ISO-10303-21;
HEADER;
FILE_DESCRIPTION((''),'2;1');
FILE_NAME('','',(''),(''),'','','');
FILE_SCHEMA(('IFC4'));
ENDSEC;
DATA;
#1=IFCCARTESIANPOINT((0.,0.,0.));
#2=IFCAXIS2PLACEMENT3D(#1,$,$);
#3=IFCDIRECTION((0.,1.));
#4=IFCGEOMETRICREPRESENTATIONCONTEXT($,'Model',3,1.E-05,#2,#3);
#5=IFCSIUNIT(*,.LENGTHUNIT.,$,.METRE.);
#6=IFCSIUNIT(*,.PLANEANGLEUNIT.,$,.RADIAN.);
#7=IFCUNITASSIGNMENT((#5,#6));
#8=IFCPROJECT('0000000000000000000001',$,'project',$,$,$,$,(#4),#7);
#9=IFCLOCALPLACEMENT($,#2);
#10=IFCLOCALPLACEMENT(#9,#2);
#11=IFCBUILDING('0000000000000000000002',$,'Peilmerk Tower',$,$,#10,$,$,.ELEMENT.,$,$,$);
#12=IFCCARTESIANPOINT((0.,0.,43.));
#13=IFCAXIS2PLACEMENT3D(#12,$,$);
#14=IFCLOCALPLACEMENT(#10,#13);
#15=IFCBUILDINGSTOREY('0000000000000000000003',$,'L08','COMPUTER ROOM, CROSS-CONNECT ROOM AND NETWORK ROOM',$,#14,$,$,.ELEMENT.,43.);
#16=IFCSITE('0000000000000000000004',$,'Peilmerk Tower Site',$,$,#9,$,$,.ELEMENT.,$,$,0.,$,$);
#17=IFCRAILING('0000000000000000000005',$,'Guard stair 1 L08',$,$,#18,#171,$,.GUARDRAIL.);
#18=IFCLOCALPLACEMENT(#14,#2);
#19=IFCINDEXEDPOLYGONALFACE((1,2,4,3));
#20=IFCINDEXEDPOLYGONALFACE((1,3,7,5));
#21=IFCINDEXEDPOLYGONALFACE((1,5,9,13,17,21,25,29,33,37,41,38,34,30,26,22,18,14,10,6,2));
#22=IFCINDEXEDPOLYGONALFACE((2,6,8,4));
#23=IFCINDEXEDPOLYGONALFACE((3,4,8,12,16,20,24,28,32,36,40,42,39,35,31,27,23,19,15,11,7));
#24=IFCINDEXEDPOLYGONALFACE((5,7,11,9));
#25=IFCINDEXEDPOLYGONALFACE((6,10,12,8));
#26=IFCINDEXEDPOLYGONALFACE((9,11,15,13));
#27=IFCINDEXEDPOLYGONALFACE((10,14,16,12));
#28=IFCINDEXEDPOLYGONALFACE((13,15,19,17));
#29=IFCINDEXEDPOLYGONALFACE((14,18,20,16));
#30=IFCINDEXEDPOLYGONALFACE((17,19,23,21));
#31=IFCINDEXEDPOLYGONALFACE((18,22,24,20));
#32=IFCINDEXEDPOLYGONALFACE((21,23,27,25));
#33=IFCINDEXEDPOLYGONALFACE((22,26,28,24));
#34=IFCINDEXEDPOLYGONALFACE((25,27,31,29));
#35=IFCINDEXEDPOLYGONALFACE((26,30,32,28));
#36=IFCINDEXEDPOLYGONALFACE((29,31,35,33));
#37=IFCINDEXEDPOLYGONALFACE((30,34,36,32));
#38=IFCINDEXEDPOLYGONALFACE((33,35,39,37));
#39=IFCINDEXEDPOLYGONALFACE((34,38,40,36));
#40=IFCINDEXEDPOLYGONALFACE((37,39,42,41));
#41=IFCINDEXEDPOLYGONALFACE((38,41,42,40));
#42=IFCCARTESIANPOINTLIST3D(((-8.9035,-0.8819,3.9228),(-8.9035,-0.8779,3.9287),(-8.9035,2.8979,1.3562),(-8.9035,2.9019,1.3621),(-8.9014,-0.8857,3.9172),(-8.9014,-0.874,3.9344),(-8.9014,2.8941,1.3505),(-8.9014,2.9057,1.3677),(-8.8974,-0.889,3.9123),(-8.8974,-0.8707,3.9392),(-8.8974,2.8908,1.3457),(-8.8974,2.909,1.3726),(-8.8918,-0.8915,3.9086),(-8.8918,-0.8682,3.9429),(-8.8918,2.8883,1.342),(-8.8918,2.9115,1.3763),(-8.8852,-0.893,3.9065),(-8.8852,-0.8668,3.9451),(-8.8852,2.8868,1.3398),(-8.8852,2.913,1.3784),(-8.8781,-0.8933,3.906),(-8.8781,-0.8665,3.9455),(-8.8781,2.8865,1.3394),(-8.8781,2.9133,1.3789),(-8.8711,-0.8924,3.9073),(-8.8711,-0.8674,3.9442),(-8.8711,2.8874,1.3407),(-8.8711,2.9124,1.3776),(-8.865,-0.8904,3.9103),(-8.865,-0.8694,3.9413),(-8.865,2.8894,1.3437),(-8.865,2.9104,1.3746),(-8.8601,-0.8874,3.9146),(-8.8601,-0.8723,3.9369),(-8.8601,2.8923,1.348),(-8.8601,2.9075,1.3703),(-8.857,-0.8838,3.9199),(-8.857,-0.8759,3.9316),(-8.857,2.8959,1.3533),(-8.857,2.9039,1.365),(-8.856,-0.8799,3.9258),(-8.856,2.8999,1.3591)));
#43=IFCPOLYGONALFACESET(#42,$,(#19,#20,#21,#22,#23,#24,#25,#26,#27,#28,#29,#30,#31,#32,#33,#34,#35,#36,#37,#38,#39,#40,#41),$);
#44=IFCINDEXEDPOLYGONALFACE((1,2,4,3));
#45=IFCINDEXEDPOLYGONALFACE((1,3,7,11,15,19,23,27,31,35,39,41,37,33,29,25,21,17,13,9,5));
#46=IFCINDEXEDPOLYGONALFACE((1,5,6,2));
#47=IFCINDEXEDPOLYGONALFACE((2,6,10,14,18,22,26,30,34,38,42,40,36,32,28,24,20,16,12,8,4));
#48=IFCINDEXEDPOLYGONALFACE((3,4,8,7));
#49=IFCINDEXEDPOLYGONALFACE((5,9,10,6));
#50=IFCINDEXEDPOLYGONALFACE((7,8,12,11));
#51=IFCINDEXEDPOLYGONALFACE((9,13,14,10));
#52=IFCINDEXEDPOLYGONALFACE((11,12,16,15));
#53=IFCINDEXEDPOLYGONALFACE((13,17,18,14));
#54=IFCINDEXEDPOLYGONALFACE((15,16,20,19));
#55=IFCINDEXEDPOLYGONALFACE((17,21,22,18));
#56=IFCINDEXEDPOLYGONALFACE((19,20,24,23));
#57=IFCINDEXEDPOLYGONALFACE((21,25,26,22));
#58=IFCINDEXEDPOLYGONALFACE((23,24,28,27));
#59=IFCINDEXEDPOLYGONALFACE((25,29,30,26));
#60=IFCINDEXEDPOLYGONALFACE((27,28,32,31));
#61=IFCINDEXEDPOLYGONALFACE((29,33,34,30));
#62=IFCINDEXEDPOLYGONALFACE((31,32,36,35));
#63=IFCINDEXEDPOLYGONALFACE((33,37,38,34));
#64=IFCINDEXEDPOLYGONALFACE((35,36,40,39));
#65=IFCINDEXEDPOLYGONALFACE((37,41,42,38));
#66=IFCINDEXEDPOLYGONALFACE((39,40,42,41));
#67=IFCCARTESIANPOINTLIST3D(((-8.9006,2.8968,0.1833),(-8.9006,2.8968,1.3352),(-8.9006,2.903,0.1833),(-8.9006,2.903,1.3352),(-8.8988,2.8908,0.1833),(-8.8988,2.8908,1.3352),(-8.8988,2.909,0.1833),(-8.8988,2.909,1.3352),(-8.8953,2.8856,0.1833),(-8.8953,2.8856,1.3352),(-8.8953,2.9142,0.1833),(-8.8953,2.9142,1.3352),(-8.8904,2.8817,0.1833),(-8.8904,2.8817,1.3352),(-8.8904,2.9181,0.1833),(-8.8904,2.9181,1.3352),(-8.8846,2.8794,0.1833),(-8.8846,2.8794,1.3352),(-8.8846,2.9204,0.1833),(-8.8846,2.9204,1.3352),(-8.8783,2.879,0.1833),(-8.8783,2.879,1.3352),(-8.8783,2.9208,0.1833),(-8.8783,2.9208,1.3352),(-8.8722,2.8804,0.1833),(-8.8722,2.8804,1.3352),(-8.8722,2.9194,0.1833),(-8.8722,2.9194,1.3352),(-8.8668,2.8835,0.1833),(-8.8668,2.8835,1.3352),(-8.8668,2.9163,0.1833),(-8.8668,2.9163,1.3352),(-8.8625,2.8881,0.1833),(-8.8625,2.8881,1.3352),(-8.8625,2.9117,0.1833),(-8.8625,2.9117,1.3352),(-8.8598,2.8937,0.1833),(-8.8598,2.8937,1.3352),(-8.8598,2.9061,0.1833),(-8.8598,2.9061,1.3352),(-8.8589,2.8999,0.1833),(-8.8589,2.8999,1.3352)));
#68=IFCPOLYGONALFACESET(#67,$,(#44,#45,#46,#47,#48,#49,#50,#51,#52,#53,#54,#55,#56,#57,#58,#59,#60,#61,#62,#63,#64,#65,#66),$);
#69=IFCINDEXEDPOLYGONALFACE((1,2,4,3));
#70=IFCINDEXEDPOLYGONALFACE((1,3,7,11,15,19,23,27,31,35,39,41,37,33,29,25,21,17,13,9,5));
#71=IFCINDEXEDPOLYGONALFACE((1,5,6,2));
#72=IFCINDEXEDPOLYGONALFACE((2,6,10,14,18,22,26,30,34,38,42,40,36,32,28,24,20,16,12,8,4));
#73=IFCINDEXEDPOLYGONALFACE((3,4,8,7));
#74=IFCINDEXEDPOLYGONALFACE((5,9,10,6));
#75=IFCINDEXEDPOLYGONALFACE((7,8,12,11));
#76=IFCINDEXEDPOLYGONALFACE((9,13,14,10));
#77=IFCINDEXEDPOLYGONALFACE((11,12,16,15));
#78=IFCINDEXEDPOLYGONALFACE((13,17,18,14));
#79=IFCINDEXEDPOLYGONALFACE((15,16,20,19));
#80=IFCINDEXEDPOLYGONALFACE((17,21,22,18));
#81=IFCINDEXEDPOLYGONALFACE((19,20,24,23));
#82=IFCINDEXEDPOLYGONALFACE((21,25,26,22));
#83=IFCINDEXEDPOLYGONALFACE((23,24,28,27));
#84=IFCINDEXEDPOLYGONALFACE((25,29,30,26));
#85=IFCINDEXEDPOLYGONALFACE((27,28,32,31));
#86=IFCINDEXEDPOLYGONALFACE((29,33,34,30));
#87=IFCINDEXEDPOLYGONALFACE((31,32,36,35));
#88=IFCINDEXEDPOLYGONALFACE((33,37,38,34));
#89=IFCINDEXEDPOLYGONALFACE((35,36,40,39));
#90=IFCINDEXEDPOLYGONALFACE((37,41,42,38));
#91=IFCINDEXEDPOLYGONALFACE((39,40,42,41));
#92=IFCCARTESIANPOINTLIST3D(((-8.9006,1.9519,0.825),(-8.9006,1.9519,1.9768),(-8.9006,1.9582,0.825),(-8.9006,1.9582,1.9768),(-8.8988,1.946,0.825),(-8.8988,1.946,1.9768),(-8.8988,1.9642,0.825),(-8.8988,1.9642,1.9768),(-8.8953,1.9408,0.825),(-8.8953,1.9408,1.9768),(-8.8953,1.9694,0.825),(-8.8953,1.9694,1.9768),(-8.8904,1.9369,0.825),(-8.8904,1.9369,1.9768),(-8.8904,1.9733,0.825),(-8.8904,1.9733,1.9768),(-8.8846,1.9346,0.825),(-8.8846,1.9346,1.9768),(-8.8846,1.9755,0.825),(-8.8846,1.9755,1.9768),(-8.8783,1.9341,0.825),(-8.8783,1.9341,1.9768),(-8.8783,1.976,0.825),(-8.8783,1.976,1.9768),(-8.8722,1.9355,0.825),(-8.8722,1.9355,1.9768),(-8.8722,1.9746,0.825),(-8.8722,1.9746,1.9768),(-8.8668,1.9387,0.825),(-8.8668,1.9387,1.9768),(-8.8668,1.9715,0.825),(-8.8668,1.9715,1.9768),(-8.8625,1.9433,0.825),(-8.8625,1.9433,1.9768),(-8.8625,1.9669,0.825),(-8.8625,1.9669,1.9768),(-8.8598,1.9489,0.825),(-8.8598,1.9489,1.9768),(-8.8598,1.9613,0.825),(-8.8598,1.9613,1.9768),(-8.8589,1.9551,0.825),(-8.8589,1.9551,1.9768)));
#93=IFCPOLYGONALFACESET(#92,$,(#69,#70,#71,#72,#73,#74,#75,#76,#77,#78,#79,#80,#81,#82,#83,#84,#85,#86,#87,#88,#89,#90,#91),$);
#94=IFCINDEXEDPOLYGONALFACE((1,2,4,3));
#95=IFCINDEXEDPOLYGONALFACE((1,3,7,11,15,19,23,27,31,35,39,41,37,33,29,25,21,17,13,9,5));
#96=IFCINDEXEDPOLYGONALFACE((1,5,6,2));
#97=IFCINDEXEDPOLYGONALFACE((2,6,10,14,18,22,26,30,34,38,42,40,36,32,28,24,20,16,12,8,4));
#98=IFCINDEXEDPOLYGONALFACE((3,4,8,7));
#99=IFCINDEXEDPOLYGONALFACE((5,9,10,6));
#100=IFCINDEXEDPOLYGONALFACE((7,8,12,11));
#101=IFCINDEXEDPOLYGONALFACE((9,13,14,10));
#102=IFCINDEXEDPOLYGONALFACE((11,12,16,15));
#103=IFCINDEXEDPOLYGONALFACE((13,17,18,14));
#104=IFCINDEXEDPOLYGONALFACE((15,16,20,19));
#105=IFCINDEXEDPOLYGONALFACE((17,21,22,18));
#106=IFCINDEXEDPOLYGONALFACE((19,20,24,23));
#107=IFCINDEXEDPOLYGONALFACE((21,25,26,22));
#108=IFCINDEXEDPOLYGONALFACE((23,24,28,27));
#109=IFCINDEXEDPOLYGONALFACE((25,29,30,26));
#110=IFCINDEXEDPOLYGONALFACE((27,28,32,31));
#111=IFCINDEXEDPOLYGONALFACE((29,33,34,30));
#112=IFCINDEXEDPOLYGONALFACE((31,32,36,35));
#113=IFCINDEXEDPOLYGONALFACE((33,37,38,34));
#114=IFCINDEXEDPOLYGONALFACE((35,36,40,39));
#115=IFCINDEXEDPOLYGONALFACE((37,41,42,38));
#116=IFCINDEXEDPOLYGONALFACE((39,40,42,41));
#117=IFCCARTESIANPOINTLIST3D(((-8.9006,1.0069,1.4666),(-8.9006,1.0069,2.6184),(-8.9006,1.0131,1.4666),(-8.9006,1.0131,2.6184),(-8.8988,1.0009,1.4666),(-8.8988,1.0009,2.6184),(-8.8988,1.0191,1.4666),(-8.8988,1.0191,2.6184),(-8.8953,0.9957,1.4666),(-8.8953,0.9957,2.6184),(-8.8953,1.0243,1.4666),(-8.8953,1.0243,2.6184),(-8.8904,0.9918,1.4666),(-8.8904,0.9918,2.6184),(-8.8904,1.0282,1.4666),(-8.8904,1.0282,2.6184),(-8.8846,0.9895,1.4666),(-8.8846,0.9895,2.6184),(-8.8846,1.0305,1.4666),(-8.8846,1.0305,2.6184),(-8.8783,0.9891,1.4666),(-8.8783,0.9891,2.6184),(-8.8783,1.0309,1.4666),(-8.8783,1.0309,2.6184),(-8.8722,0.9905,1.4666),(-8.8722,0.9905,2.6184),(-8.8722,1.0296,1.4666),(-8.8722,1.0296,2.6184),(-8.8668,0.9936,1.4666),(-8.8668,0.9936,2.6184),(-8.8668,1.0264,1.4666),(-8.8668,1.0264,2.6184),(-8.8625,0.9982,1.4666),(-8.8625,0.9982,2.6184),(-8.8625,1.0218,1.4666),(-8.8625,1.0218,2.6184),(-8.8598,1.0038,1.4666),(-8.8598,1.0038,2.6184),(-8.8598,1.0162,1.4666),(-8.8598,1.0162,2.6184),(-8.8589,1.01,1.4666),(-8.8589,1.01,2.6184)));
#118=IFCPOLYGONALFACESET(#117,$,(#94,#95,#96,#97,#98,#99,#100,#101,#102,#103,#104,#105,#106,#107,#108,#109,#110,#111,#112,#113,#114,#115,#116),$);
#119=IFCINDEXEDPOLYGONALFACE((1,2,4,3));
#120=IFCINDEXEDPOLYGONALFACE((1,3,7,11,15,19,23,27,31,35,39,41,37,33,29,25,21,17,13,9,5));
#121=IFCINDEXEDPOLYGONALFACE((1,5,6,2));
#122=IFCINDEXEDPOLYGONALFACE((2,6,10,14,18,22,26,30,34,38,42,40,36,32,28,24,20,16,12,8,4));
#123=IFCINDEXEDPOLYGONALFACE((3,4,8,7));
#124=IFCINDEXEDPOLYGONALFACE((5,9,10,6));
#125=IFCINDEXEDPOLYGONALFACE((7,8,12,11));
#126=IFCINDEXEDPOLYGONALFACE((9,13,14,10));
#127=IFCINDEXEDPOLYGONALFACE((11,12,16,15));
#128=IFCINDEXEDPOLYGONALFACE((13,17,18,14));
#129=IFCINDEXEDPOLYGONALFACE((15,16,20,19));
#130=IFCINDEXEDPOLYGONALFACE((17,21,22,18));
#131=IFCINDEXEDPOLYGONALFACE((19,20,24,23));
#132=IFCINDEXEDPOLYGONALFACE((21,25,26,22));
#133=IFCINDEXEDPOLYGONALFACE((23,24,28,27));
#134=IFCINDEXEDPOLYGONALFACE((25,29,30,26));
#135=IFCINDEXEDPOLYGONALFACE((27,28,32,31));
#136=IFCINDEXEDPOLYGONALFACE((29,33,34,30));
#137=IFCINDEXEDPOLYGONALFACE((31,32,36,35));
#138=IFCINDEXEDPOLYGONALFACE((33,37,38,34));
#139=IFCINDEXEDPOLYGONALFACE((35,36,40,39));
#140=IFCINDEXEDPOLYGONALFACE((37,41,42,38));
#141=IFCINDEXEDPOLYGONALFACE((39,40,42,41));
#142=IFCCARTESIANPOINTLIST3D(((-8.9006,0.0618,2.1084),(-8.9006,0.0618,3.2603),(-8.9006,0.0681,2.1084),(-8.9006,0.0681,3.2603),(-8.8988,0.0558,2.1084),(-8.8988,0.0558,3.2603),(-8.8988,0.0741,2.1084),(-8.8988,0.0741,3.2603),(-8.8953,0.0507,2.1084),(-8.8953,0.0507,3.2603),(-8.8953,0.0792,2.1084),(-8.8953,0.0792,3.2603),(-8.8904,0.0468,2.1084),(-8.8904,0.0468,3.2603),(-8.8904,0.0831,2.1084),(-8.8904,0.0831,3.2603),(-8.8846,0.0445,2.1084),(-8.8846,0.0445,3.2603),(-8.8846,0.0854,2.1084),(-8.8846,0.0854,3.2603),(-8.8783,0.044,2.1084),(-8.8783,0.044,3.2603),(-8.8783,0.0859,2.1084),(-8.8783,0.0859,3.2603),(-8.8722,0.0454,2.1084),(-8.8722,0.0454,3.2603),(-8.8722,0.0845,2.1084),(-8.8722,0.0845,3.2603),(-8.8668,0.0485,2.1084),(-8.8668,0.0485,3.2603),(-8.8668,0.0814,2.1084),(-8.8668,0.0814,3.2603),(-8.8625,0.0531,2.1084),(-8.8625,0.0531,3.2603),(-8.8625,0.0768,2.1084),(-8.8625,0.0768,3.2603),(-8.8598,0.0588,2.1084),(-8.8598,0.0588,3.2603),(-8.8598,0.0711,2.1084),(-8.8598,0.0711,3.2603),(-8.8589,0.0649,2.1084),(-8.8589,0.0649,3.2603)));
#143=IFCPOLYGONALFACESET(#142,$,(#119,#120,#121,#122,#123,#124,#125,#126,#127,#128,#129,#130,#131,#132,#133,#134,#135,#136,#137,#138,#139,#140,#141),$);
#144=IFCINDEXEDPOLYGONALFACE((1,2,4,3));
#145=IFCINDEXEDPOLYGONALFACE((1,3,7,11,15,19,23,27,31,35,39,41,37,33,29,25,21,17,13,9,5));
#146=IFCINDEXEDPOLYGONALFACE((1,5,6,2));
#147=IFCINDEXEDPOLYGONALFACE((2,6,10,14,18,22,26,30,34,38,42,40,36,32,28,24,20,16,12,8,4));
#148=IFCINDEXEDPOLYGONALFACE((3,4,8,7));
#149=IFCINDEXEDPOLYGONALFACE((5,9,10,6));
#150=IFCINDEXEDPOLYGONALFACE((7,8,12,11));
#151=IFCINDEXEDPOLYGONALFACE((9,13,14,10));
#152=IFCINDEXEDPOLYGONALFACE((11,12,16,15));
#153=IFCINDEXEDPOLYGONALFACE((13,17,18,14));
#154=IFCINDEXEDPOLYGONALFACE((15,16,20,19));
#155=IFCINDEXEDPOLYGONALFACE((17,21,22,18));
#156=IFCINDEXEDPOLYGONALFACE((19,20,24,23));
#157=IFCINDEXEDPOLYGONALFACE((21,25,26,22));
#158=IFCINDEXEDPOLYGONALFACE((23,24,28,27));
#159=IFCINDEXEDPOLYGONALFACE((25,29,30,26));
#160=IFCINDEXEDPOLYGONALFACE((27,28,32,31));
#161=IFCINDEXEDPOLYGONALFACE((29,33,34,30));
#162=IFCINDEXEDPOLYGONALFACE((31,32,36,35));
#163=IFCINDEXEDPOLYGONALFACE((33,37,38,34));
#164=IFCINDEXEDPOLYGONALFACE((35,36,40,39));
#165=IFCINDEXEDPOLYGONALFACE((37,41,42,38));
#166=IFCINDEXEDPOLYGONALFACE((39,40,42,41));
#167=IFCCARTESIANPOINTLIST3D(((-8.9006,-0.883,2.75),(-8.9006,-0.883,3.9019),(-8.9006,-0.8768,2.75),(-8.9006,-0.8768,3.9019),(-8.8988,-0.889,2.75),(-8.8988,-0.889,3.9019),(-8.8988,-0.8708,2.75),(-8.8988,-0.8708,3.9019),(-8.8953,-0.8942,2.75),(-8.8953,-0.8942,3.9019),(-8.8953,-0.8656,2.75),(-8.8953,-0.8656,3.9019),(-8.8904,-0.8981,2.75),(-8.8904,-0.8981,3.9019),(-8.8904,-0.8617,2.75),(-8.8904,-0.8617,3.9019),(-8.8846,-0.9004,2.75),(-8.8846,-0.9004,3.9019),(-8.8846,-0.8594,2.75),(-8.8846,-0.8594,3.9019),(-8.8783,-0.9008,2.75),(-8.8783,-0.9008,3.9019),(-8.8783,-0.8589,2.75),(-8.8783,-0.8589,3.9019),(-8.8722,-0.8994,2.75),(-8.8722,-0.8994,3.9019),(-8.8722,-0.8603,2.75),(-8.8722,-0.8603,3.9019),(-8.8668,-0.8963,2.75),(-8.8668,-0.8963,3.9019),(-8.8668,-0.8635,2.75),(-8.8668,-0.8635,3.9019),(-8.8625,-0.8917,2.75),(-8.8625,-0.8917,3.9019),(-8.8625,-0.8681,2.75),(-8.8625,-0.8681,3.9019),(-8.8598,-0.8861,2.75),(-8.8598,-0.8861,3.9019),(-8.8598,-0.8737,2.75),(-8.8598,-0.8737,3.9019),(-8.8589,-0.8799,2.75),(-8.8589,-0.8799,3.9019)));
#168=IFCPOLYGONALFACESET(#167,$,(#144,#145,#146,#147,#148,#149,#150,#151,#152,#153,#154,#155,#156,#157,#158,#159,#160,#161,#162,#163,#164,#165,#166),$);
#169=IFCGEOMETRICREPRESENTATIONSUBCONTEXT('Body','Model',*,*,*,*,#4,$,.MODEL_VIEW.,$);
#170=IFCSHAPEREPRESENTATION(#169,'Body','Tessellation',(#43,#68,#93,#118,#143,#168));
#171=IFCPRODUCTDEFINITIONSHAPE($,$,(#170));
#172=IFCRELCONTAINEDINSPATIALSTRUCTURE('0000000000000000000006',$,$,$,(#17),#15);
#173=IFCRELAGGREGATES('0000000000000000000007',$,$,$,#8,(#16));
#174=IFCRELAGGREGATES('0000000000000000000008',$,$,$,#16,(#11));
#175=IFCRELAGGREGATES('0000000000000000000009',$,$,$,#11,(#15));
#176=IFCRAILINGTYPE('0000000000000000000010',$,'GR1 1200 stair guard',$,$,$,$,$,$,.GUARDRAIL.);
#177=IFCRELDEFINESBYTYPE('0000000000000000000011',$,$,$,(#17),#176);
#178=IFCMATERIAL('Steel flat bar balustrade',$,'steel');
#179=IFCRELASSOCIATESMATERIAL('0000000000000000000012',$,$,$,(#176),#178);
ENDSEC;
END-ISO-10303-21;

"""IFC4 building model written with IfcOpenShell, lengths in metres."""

from ifc_helpers import new_model, si_unit, direction, frame, origin, origin_2d, place, context, subcontext, project, spatial, circle, extrude, material, type_object, element, save


model = new_model("IFC4")

# Units and contexts
model_context = context("Model", 3, precision=1e-05, world=origin(), true_north=direction((0.0, 1.0)))
body_context = subcontext(model_context, "Body", "Model", "MODEL_VIEW")
ifc_project = project(units=[si_unit("LENGTHUNIT", "METRE"), si_unit("PLANEANGLEUNIT", "RADIAN")], contexts=[model_context])

# Site, building, storey
site_placement = place(None, origin())
site = spatial("IfcSite", under=ifc_project, at=site_placement, Name="Peilmerk Tower Site", CompositionType="ELEMENT", RefElevation=0.0)
building_placement = place(site_placement, origin())
building = spatial("IfcBuilding", under=site, at=building_placement, Name="Peilmerk Tower", CompositionType="ELEMENT")
storey_placement = place(building_placement, frame((0.0, 0.0, 43.0)))
storey = spatial("IfcBuildingStorey", under=building, at=storey_placement, Name="L08", Description="COMPUTER ROOM, CROSS-CONNECT ROOM AND NETWORK ROOM", CompositionType="ELEMENT", Elevation=43.0)

# Railing
ifc_material_1 = material(Name="Steel flat bar balustrade", Category="steel")
railing_type_1 = type_object("IfcRailingType", Name="GR1 1200 stair guard", PredefinedType="GUARDRAIL", material=ifc_material_1)
railing_1_placement = place(storey_placement, frame((-8.8799, 2.8999, 0.1833)))
element("IfcRailing", 1, at=railing_1_placement, inside=storey, type_object=railing_type_1, Name="Guard stair 1 L08", PredefinedType="GUARDRAIL", context=body_context, shape_type="SweptSolid", body=[
    extrude(circle(Radius=0.0239, at=origin_2d()), frame((0.0, 0.0, 1.1758), z_axis=(0.0, -0.827293, 0.561771), x_axis=(1.0, 0.0, 0.0)), (0.0, 0.0, 1.0), 4.5688),
    extrude(circle(Radius=0.021, at=origin_2d()), origin(), (0.0, 0.0, 1.0), 1.1519),
    extrude(circle(Radius=0.021, at=origin_2d()), frame((0.0, -0.9448, 0.6416)), (0.0, 0.0, 1.0), 1.1519),
    extrude(circle(Radius=0.021, at=origin_2d()), frame((0.0, -1.8899, 1.2832)), (0.0, 0.0, 1.0), 1.1519),
    extrude(circle(Radius=0.021, at=origin_2d()), frame((0.0, -2.835, 1.925)), (0.0, 0.0, 1.0), 1.1519),
    extrude(circle(Radius=0.021, at=origin_2d()), frame((0.0, -3.7798, 2.5667)), (0.0, 0.0, 1.0), 1.1519),
])

save(model, "model.ifc")
